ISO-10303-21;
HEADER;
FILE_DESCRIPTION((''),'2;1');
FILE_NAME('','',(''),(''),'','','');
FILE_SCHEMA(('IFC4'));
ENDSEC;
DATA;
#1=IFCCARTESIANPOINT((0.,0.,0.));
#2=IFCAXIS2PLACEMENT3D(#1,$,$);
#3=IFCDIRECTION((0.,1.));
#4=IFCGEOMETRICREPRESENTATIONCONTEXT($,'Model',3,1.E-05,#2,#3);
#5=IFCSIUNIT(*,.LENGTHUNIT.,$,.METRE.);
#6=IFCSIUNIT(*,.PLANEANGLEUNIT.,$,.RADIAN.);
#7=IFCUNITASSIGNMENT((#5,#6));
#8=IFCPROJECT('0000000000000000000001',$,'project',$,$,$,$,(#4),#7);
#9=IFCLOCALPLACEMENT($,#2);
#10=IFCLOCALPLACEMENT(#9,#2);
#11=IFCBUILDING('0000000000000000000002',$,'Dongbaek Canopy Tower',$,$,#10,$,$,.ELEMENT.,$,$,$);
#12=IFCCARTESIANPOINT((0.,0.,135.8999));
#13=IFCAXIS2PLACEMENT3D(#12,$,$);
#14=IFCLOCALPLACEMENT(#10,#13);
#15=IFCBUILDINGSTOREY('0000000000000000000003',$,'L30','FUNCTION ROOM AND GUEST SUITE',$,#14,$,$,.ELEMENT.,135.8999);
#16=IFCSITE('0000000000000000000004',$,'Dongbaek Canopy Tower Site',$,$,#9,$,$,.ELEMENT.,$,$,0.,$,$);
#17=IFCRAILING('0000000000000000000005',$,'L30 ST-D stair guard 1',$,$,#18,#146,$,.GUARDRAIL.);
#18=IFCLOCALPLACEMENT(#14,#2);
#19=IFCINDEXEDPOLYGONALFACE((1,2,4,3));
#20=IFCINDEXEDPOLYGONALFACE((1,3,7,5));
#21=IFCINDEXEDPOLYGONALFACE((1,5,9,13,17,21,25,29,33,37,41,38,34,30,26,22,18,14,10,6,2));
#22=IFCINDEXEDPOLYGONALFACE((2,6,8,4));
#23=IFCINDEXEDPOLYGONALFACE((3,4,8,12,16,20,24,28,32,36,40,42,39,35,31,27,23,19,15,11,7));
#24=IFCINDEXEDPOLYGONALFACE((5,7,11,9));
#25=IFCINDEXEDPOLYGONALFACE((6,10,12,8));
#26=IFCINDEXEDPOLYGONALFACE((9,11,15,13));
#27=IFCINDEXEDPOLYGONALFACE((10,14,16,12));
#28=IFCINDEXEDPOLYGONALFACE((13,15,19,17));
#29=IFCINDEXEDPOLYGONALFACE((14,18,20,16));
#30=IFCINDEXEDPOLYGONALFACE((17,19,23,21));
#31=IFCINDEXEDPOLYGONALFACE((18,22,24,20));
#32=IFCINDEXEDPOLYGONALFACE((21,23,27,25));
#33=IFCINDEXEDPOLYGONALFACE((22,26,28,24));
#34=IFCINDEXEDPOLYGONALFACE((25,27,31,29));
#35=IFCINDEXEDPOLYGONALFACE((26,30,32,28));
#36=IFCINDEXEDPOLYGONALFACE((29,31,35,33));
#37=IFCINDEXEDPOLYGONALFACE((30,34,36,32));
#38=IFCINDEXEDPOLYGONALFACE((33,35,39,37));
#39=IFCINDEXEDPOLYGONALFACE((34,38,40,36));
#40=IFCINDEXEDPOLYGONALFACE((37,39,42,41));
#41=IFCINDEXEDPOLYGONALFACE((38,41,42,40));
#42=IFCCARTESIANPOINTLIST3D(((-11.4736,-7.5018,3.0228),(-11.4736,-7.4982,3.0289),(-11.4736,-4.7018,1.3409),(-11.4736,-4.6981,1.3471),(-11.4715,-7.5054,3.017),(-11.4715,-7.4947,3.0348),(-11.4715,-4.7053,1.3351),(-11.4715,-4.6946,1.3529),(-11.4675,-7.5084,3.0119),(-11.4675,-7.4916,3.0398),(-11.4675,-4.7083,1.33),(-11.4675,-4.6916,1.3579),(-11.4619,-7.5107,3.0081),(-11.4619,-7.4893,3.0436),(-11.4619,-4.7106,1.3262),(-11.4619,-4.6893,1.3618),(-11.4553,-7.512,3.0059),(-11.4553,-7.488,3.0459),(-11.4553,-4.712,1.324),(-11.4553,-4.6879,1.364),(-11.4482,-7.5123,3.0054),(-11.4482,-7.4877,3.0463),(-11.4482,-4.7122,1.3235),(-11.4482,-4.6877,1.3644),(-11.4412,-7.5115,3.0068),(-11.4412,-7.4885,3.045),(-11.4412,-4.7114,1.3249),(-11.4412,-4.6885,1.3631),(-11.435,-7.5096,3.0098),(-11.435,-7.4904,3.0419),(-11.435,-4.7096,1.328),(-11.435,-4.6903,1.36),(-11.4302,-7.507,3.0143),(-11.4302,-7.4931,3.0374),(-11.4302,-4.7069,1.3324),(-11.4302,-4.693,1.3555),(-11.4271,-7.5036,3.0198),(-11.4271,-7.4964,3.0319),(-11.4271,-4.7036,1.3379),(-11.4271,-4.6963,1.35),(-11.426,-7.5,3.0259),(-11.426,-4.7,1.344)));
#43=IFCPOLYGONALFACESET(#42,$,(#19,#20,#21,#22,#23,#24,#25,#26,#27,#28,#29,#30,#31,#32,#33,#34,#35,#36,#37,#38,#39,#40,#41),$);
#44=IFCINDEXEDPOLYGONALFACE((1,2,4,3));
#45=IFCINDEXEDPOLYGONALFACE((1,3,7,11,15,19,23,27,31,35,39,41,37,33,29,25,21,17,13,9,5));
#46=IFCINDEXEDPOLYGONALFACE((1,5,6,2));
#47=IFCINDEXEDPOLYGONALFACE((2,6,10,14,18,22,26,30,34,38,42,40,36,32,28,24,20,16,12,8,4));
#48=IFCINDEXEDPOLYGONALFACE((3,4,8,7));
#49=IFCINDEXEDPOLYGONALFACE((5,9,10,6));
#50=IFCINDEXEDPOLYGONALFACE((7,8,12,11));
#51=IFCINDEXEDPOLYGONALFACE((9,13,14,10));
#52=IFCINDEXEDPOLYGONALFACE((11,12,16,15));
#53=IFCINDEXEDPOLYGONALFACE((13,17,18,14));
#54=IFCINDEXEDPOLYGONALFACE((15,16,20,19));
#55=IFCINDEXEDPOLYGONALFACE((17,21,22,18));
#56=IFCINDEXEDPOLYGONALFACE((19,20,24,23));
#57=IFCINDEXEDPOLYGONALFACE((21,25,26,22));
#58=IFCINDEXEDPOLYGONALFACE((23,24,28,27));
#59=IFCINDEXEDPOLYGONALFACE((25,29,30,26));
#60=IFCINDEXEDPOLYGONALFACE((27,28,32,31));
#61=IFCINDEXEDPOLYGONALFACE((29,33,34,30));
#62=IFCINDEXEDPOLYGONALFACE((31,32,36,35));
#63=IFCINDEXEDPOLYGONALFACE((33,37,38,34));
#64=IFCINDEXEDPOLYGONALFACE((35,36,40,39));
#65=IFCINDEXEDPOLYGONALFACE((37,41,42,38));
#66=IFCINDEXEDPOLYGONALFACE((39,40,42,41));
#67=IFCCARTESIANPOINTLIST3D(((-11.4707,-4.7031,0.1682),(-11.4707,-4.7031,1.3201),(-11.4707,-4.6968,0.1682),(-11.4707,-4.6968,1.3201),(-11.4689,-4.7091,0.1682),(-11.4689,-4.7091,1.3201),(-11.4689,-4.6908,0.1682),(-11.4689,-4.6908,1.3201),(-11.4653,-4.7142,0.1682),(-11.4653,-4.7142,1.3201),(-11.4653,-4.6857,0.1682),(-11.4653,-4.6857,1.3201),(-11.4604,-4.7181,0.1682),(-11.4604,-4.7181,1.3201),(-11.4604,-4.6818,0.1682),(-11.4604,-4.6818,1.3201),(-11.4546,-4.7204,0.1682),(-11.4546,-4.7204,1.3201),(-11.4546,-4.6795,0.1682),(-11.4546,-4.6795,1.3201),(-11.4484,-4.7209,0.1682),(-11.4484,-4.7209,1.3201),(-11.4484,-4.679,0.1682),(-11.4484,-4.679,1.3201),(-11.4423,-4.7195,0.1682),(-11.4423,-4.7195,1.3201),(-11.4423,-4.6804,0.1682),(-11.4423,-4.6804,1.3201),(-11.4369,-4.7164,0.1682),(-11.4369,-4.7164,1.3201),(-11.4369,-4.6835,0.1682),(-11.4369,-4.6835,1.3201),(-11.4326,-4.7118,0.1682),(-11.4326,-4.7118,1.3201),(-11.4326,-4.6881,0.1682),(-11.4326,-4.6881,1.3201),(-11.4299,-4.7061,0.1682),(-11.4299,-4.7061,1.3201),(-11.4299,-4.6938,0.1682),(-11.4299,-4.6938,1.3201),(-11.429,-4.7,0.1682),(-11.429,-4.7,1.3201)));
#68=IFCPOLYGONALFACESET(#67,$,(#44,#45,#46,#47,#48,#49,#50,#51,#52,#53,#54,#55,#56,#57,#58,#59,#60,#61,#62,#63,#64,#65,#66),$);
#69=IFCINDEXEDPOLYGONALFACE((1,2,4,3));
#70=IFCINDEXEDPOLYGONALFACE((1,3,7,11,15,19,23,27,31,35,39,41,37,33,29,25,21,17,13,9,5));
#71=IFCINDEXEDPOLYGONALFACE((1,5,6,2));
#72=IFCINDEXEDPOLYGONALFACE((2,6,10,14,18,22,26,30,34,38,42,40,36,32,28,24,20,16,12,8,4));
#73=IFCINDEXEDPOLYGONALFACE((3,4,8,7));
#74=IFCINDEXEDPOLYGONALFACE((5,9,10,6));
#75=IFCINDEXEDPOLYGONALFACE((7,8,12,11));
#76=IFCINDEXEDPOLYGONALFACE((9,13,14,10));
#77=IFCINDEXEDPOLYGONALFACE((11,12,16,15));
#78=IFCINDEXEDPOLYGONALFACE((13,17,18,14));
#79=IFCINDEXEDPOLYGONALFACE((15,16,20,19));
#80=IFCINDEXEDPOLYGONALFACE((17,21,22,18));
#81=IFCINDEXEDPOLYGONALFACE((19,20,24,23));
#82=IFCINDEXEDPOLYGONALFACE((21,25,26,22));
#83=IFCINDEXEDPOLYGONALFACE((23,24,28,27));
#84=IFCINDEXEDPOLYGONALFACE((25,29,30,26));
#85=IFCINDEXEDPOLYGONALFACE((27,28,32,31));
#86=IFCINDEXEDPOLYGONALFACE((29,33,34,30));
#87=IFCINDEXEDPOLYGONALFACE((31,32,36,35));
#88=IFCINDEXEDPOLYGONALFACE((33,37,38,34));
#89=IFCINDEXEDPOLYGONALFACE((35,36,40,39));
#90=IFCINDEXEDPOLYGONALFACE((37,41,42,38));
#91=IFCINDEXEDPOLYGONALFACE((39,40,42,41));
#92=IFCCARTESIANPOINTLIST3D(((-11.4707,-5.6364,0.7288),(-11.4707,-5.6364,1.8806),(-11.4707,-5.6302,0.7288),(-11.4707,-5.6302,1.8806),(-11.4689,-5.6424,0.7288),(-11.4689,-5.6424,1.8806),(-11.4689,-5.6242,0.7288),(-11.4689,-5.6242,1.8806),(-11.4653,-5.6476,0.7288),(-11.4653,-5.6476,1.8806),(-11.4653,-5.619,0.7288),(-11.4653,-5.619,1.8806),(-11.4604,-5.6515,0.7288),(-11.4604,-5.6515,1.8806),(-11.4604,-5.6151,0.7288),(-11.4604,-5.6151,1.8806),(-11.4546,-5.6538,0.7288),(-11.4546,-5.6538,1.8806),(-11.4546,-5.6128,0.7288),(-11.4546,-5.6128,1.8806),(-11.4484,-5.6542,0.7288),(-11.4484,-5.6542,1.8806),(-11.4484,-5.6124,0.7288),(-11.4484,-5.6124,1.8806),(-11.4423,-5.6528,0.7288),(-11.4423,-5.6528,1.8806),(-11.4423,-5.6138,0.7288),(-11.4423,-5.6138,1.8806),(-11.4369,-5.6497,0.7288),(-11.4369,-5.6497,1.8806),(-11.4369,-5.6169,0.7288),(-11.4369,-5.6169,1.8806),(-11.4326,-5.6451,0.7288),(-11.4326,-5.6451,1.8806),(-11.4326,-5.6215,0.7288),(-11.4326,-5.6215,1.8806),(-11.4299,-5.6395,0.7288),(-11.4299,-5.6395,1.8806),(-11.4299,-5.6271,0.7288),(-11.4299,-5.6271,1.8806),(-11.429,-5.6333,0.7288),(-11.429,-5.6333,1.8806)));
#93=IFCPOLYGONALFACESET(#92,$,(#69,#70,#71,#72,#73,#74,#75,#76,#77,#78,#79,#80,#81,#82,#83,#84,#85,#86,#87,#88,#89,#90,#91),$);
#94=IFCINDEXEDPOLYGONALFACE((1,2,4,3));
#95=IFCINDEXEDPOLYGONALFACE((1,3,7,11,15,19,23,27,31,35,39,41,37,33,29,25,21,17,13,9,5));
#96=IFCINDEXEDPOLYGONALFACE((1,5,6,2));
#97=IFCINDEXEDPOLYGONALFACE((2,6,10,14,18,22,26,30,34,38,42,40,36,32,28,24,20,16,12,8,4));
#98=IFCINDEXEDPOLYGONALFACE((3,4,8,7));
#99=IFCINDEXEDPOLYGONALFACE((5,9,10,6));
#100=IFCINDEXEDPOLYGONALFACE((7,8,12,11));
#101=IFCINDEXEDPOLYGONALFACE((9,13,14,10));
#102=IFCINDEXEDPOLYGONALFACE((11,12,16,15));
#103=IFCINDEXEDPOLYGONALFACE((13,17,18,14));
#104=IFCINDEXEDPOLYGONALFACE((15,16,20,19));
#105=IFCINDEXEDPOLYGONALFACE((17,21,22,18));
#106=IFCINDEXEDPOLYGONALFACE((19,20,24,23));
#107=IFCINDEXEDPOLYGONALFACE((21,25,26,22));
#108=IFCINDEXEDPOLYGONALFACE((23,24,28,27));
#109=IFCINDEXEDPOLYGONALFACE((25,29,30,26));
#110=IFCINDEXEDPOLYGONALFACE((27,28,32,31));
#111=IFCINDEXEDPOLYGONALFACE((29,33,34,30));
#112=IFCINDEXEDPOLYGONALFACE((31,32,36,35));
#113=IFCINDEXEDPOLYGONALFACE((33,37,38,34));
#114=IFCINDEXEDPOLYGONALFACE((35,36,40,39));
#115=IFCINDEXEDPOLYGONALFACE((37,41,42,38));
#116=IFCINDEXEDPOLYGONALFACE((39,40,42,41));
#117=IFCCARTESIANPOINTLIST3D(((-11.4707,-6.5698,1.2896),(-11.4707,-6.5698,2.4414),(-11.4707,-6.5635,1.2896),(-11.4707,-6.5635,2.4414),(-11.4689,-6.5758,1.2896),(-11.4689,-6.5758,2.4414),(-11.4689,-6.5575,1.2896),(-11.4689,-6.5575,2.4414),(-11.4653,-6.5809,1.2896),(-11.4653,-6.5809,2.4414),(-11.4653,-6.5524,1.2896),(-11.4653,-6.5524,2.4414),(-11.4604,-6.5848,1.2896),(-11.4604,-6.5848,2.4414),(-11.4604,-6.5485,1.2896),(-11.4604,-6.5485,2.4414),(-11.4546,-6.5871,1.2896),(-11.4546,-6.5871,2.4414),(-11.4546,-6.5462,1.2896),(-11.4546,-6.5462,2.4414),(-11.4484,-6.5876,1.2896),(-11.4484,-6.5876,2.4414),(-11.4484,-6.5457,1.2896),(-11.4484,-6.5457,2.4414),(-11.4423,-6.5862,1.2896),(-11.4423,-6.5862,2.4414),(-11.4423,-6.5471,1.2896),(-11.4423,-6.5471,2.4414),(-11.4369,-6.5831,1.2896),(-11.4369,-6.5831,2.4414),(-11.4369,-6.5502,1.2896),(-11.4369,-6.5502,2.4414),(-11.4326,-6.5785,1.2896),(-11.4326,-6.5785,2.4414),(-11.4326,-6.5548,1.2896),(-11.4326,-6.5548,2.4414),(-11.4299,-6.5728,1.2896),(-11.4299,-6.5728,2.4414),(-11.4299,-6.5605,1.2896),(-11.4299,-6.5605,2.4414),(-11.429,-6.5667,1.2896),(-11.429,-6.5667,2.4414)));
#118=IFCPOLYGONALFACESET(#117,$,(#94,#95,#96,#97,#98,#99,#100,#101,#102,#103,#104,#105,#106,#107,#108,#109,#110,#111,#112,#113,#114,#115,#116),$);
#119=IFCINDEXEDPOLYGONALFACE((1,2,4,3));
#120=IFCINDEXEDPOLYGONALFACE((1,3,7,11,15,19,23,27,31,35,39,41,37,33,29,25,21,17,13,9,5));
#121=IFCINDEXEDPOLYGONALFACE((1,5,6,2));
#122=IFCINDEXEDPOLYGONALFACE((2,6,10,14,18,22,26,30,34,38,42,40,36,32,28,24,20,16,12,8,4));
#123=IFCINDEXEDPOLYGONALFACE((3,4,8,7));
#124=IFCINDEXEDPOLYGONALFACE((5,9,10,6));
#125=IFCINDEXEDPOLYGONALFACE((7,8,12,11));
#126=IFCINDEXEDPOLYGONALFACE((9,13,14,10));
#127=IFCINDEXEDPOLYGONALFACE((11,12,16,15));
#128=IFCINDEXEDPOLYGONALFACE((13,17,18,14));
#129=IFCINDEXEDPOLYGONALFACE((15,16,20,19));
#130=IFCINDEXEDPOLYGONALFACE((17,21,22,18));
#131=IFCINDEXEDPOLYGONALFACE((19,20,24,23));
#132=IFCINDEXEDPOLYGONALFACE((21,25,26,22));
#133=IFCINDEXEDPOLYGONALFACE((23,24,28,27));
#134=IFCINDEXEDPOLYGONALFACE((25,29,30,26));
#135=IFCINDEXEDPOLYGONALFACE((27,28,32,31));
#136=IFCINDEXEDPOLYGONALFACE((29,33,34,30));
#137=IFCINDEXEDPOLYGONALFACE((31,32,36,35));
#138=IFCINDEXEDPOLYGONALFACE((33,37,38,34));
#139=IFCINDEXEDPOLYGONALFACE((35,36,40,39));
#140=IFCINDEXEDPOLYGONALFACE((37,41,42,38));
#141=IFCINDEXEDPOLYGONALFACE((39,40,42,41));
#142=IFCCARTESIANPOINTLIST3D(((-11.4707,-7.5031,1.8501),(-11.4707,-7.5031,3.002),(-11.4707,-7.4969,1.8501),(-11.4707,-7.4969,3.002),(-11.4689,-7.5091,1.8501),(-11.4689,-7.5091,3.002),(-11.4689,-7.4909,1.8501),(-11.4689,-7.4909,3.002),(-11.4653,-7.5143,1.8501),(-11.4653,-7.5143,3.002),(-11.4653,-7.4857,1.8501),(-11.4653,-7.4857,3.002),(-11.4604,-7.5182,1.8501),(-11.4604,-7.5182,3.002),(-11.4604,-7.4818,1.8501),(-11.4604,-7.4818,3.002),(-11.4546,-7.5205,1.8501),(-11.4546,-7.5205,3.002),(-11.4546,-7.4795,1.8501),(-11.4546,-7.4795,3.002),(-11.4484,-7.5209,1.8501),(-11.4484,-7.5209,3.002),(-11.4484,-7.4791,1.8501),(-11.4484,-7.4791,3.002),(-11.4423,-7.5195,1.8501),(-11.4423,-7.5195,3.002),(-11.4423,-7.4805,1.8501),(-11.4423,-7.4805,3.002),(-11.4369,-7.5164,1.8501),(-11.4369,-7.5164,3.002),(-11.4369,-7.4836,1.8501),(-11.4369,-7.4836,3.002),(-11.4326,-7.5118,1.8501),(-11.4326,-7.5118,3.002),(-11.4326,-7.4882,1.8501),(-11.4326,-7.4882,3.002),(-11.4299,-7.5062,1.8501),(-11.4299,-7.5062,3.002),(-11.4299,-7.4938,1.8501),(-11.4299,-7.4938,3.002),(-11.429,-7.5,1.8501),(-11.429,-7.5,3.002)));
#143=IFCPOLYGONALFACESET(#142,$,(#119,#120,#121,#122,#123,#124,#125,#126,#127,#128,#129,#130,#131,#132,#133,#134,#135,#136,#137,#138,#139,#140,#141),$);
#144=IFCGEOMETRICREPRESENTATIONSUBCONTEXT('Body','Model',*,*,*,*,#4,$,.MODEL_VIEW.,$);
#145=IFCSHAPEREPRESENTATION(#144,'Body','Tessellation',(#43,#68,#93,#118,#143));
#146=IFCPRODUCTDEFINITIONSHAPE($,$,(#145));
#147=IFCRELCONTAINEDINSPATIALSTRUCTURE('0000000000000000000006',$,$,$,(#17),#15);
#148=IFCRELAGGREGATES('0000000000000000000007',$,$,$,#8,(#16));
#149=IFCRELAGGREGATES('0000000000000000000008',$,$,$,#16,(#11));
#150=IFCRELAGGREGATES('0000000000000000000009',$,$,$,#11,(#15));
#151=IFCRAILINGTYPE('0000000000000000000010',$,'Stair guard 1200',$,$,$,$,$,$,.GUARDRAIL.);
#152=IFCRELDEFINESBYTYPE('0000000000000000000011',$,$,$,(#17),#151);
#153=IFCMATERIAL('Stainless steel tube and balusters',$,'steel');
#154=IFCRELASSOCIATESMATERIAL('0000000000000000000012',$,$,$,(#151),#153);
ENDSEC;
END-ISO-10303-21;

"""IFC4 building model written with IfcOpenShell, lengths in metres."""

from ifc_helpers import new_model, si_unit, direction, frame, origin, origin_2d, place, context, subcontext, project, spatial, circle, extrude, material, type_object, element, save


model = new_model("IFC4")

# Units and contexts
model_context = context("Model", 3, precision=1e-05, world=origin(), true_north=direction((0.0, 1.0)))
body_context = subcontext(model_context, "Body", "Model", "MODEL_VIEW")
ifc_project = project(units=[si_unit("LENGTHUNIT", "METRE"), si_unit("PLANEANGLEUNIT", "RADIAN")], contexts=[model_context])

# Site, building, storey
site_placement = place(None, origin())
site = spatial("IfcSite", under=ifc_project, at=site_placement, Name="Dongbaek Canopy Tower Site", CompositionType="ELEMENT", RefElevation=0.0)
building_placement = place(site_placement, origin())
building = spatial("IfcBuilding", under=site, at=building_placement, Name="Dongbaek Canopy Tower", CompositionType="ELEMENT")
storey_placement = place(building_placement, frame((0.0, 0.0, 135.8999)))
storey = spatial("IfcBuildingStorey", under=building, at=storey_placement, Name="L30", Description="FUNCTION ROOM AND GUEST SUITE", CompositionType="ELEMENT", Elevation=135.8999)

# Railing
ifc_material_1 = material(Name="Stainless steel tube and balusters", Category="steel")
railing_type_1 = type_object("IfcRailingType", Name="Stair guard 1200", PredefinedType="GUARDRAIL", material=ifc_material_1)
railing_1_placement = place(storey_placement, frame((-11.45, -4.7, 0.1682)))
element("IfcRailing", 1, at=railing_1_placement, inside=storey, type_object=railing_type_1, Name="L30 ST-D stair guard 1", PredefinedType="GUARDRAIL", context=body_context, shape_type="SweptSolid", body=[
    extrude(circle(Radius=0.0239, at=origin_2d()), frame((0.0, 0.0, 1.1758), z_axis=(0.0, -0.857242, 0.514913), x_axis=(1.0, 0.0, 0.0)), (0.0, 0.0, 1.0), 3.2664),
    extrude(circle(Radius=0.021, at=origin_2d()), origin(), (0.0, 0.0, 1.0), 1.1519),
    extrude(circle(Radius=0.021, at=origin_2d()), frame((0.0, -0.9333, 0.5605)), (0.0, 0.0, 1.0), 1.1519),
    extrude(circle(Radius=0.021, at=origin_2d()), frame((0.0, -1.8667, 1.1213)), (0.0, 0.0, 1.0), 1.1519),
    extrude(circle(Radius=0.021, at=origin_2d()), frame((0.0, -2.8, 1.6819)), (0.0, 0.0, 1.0), 1.1519),
])

save(model, "model.ifc")
